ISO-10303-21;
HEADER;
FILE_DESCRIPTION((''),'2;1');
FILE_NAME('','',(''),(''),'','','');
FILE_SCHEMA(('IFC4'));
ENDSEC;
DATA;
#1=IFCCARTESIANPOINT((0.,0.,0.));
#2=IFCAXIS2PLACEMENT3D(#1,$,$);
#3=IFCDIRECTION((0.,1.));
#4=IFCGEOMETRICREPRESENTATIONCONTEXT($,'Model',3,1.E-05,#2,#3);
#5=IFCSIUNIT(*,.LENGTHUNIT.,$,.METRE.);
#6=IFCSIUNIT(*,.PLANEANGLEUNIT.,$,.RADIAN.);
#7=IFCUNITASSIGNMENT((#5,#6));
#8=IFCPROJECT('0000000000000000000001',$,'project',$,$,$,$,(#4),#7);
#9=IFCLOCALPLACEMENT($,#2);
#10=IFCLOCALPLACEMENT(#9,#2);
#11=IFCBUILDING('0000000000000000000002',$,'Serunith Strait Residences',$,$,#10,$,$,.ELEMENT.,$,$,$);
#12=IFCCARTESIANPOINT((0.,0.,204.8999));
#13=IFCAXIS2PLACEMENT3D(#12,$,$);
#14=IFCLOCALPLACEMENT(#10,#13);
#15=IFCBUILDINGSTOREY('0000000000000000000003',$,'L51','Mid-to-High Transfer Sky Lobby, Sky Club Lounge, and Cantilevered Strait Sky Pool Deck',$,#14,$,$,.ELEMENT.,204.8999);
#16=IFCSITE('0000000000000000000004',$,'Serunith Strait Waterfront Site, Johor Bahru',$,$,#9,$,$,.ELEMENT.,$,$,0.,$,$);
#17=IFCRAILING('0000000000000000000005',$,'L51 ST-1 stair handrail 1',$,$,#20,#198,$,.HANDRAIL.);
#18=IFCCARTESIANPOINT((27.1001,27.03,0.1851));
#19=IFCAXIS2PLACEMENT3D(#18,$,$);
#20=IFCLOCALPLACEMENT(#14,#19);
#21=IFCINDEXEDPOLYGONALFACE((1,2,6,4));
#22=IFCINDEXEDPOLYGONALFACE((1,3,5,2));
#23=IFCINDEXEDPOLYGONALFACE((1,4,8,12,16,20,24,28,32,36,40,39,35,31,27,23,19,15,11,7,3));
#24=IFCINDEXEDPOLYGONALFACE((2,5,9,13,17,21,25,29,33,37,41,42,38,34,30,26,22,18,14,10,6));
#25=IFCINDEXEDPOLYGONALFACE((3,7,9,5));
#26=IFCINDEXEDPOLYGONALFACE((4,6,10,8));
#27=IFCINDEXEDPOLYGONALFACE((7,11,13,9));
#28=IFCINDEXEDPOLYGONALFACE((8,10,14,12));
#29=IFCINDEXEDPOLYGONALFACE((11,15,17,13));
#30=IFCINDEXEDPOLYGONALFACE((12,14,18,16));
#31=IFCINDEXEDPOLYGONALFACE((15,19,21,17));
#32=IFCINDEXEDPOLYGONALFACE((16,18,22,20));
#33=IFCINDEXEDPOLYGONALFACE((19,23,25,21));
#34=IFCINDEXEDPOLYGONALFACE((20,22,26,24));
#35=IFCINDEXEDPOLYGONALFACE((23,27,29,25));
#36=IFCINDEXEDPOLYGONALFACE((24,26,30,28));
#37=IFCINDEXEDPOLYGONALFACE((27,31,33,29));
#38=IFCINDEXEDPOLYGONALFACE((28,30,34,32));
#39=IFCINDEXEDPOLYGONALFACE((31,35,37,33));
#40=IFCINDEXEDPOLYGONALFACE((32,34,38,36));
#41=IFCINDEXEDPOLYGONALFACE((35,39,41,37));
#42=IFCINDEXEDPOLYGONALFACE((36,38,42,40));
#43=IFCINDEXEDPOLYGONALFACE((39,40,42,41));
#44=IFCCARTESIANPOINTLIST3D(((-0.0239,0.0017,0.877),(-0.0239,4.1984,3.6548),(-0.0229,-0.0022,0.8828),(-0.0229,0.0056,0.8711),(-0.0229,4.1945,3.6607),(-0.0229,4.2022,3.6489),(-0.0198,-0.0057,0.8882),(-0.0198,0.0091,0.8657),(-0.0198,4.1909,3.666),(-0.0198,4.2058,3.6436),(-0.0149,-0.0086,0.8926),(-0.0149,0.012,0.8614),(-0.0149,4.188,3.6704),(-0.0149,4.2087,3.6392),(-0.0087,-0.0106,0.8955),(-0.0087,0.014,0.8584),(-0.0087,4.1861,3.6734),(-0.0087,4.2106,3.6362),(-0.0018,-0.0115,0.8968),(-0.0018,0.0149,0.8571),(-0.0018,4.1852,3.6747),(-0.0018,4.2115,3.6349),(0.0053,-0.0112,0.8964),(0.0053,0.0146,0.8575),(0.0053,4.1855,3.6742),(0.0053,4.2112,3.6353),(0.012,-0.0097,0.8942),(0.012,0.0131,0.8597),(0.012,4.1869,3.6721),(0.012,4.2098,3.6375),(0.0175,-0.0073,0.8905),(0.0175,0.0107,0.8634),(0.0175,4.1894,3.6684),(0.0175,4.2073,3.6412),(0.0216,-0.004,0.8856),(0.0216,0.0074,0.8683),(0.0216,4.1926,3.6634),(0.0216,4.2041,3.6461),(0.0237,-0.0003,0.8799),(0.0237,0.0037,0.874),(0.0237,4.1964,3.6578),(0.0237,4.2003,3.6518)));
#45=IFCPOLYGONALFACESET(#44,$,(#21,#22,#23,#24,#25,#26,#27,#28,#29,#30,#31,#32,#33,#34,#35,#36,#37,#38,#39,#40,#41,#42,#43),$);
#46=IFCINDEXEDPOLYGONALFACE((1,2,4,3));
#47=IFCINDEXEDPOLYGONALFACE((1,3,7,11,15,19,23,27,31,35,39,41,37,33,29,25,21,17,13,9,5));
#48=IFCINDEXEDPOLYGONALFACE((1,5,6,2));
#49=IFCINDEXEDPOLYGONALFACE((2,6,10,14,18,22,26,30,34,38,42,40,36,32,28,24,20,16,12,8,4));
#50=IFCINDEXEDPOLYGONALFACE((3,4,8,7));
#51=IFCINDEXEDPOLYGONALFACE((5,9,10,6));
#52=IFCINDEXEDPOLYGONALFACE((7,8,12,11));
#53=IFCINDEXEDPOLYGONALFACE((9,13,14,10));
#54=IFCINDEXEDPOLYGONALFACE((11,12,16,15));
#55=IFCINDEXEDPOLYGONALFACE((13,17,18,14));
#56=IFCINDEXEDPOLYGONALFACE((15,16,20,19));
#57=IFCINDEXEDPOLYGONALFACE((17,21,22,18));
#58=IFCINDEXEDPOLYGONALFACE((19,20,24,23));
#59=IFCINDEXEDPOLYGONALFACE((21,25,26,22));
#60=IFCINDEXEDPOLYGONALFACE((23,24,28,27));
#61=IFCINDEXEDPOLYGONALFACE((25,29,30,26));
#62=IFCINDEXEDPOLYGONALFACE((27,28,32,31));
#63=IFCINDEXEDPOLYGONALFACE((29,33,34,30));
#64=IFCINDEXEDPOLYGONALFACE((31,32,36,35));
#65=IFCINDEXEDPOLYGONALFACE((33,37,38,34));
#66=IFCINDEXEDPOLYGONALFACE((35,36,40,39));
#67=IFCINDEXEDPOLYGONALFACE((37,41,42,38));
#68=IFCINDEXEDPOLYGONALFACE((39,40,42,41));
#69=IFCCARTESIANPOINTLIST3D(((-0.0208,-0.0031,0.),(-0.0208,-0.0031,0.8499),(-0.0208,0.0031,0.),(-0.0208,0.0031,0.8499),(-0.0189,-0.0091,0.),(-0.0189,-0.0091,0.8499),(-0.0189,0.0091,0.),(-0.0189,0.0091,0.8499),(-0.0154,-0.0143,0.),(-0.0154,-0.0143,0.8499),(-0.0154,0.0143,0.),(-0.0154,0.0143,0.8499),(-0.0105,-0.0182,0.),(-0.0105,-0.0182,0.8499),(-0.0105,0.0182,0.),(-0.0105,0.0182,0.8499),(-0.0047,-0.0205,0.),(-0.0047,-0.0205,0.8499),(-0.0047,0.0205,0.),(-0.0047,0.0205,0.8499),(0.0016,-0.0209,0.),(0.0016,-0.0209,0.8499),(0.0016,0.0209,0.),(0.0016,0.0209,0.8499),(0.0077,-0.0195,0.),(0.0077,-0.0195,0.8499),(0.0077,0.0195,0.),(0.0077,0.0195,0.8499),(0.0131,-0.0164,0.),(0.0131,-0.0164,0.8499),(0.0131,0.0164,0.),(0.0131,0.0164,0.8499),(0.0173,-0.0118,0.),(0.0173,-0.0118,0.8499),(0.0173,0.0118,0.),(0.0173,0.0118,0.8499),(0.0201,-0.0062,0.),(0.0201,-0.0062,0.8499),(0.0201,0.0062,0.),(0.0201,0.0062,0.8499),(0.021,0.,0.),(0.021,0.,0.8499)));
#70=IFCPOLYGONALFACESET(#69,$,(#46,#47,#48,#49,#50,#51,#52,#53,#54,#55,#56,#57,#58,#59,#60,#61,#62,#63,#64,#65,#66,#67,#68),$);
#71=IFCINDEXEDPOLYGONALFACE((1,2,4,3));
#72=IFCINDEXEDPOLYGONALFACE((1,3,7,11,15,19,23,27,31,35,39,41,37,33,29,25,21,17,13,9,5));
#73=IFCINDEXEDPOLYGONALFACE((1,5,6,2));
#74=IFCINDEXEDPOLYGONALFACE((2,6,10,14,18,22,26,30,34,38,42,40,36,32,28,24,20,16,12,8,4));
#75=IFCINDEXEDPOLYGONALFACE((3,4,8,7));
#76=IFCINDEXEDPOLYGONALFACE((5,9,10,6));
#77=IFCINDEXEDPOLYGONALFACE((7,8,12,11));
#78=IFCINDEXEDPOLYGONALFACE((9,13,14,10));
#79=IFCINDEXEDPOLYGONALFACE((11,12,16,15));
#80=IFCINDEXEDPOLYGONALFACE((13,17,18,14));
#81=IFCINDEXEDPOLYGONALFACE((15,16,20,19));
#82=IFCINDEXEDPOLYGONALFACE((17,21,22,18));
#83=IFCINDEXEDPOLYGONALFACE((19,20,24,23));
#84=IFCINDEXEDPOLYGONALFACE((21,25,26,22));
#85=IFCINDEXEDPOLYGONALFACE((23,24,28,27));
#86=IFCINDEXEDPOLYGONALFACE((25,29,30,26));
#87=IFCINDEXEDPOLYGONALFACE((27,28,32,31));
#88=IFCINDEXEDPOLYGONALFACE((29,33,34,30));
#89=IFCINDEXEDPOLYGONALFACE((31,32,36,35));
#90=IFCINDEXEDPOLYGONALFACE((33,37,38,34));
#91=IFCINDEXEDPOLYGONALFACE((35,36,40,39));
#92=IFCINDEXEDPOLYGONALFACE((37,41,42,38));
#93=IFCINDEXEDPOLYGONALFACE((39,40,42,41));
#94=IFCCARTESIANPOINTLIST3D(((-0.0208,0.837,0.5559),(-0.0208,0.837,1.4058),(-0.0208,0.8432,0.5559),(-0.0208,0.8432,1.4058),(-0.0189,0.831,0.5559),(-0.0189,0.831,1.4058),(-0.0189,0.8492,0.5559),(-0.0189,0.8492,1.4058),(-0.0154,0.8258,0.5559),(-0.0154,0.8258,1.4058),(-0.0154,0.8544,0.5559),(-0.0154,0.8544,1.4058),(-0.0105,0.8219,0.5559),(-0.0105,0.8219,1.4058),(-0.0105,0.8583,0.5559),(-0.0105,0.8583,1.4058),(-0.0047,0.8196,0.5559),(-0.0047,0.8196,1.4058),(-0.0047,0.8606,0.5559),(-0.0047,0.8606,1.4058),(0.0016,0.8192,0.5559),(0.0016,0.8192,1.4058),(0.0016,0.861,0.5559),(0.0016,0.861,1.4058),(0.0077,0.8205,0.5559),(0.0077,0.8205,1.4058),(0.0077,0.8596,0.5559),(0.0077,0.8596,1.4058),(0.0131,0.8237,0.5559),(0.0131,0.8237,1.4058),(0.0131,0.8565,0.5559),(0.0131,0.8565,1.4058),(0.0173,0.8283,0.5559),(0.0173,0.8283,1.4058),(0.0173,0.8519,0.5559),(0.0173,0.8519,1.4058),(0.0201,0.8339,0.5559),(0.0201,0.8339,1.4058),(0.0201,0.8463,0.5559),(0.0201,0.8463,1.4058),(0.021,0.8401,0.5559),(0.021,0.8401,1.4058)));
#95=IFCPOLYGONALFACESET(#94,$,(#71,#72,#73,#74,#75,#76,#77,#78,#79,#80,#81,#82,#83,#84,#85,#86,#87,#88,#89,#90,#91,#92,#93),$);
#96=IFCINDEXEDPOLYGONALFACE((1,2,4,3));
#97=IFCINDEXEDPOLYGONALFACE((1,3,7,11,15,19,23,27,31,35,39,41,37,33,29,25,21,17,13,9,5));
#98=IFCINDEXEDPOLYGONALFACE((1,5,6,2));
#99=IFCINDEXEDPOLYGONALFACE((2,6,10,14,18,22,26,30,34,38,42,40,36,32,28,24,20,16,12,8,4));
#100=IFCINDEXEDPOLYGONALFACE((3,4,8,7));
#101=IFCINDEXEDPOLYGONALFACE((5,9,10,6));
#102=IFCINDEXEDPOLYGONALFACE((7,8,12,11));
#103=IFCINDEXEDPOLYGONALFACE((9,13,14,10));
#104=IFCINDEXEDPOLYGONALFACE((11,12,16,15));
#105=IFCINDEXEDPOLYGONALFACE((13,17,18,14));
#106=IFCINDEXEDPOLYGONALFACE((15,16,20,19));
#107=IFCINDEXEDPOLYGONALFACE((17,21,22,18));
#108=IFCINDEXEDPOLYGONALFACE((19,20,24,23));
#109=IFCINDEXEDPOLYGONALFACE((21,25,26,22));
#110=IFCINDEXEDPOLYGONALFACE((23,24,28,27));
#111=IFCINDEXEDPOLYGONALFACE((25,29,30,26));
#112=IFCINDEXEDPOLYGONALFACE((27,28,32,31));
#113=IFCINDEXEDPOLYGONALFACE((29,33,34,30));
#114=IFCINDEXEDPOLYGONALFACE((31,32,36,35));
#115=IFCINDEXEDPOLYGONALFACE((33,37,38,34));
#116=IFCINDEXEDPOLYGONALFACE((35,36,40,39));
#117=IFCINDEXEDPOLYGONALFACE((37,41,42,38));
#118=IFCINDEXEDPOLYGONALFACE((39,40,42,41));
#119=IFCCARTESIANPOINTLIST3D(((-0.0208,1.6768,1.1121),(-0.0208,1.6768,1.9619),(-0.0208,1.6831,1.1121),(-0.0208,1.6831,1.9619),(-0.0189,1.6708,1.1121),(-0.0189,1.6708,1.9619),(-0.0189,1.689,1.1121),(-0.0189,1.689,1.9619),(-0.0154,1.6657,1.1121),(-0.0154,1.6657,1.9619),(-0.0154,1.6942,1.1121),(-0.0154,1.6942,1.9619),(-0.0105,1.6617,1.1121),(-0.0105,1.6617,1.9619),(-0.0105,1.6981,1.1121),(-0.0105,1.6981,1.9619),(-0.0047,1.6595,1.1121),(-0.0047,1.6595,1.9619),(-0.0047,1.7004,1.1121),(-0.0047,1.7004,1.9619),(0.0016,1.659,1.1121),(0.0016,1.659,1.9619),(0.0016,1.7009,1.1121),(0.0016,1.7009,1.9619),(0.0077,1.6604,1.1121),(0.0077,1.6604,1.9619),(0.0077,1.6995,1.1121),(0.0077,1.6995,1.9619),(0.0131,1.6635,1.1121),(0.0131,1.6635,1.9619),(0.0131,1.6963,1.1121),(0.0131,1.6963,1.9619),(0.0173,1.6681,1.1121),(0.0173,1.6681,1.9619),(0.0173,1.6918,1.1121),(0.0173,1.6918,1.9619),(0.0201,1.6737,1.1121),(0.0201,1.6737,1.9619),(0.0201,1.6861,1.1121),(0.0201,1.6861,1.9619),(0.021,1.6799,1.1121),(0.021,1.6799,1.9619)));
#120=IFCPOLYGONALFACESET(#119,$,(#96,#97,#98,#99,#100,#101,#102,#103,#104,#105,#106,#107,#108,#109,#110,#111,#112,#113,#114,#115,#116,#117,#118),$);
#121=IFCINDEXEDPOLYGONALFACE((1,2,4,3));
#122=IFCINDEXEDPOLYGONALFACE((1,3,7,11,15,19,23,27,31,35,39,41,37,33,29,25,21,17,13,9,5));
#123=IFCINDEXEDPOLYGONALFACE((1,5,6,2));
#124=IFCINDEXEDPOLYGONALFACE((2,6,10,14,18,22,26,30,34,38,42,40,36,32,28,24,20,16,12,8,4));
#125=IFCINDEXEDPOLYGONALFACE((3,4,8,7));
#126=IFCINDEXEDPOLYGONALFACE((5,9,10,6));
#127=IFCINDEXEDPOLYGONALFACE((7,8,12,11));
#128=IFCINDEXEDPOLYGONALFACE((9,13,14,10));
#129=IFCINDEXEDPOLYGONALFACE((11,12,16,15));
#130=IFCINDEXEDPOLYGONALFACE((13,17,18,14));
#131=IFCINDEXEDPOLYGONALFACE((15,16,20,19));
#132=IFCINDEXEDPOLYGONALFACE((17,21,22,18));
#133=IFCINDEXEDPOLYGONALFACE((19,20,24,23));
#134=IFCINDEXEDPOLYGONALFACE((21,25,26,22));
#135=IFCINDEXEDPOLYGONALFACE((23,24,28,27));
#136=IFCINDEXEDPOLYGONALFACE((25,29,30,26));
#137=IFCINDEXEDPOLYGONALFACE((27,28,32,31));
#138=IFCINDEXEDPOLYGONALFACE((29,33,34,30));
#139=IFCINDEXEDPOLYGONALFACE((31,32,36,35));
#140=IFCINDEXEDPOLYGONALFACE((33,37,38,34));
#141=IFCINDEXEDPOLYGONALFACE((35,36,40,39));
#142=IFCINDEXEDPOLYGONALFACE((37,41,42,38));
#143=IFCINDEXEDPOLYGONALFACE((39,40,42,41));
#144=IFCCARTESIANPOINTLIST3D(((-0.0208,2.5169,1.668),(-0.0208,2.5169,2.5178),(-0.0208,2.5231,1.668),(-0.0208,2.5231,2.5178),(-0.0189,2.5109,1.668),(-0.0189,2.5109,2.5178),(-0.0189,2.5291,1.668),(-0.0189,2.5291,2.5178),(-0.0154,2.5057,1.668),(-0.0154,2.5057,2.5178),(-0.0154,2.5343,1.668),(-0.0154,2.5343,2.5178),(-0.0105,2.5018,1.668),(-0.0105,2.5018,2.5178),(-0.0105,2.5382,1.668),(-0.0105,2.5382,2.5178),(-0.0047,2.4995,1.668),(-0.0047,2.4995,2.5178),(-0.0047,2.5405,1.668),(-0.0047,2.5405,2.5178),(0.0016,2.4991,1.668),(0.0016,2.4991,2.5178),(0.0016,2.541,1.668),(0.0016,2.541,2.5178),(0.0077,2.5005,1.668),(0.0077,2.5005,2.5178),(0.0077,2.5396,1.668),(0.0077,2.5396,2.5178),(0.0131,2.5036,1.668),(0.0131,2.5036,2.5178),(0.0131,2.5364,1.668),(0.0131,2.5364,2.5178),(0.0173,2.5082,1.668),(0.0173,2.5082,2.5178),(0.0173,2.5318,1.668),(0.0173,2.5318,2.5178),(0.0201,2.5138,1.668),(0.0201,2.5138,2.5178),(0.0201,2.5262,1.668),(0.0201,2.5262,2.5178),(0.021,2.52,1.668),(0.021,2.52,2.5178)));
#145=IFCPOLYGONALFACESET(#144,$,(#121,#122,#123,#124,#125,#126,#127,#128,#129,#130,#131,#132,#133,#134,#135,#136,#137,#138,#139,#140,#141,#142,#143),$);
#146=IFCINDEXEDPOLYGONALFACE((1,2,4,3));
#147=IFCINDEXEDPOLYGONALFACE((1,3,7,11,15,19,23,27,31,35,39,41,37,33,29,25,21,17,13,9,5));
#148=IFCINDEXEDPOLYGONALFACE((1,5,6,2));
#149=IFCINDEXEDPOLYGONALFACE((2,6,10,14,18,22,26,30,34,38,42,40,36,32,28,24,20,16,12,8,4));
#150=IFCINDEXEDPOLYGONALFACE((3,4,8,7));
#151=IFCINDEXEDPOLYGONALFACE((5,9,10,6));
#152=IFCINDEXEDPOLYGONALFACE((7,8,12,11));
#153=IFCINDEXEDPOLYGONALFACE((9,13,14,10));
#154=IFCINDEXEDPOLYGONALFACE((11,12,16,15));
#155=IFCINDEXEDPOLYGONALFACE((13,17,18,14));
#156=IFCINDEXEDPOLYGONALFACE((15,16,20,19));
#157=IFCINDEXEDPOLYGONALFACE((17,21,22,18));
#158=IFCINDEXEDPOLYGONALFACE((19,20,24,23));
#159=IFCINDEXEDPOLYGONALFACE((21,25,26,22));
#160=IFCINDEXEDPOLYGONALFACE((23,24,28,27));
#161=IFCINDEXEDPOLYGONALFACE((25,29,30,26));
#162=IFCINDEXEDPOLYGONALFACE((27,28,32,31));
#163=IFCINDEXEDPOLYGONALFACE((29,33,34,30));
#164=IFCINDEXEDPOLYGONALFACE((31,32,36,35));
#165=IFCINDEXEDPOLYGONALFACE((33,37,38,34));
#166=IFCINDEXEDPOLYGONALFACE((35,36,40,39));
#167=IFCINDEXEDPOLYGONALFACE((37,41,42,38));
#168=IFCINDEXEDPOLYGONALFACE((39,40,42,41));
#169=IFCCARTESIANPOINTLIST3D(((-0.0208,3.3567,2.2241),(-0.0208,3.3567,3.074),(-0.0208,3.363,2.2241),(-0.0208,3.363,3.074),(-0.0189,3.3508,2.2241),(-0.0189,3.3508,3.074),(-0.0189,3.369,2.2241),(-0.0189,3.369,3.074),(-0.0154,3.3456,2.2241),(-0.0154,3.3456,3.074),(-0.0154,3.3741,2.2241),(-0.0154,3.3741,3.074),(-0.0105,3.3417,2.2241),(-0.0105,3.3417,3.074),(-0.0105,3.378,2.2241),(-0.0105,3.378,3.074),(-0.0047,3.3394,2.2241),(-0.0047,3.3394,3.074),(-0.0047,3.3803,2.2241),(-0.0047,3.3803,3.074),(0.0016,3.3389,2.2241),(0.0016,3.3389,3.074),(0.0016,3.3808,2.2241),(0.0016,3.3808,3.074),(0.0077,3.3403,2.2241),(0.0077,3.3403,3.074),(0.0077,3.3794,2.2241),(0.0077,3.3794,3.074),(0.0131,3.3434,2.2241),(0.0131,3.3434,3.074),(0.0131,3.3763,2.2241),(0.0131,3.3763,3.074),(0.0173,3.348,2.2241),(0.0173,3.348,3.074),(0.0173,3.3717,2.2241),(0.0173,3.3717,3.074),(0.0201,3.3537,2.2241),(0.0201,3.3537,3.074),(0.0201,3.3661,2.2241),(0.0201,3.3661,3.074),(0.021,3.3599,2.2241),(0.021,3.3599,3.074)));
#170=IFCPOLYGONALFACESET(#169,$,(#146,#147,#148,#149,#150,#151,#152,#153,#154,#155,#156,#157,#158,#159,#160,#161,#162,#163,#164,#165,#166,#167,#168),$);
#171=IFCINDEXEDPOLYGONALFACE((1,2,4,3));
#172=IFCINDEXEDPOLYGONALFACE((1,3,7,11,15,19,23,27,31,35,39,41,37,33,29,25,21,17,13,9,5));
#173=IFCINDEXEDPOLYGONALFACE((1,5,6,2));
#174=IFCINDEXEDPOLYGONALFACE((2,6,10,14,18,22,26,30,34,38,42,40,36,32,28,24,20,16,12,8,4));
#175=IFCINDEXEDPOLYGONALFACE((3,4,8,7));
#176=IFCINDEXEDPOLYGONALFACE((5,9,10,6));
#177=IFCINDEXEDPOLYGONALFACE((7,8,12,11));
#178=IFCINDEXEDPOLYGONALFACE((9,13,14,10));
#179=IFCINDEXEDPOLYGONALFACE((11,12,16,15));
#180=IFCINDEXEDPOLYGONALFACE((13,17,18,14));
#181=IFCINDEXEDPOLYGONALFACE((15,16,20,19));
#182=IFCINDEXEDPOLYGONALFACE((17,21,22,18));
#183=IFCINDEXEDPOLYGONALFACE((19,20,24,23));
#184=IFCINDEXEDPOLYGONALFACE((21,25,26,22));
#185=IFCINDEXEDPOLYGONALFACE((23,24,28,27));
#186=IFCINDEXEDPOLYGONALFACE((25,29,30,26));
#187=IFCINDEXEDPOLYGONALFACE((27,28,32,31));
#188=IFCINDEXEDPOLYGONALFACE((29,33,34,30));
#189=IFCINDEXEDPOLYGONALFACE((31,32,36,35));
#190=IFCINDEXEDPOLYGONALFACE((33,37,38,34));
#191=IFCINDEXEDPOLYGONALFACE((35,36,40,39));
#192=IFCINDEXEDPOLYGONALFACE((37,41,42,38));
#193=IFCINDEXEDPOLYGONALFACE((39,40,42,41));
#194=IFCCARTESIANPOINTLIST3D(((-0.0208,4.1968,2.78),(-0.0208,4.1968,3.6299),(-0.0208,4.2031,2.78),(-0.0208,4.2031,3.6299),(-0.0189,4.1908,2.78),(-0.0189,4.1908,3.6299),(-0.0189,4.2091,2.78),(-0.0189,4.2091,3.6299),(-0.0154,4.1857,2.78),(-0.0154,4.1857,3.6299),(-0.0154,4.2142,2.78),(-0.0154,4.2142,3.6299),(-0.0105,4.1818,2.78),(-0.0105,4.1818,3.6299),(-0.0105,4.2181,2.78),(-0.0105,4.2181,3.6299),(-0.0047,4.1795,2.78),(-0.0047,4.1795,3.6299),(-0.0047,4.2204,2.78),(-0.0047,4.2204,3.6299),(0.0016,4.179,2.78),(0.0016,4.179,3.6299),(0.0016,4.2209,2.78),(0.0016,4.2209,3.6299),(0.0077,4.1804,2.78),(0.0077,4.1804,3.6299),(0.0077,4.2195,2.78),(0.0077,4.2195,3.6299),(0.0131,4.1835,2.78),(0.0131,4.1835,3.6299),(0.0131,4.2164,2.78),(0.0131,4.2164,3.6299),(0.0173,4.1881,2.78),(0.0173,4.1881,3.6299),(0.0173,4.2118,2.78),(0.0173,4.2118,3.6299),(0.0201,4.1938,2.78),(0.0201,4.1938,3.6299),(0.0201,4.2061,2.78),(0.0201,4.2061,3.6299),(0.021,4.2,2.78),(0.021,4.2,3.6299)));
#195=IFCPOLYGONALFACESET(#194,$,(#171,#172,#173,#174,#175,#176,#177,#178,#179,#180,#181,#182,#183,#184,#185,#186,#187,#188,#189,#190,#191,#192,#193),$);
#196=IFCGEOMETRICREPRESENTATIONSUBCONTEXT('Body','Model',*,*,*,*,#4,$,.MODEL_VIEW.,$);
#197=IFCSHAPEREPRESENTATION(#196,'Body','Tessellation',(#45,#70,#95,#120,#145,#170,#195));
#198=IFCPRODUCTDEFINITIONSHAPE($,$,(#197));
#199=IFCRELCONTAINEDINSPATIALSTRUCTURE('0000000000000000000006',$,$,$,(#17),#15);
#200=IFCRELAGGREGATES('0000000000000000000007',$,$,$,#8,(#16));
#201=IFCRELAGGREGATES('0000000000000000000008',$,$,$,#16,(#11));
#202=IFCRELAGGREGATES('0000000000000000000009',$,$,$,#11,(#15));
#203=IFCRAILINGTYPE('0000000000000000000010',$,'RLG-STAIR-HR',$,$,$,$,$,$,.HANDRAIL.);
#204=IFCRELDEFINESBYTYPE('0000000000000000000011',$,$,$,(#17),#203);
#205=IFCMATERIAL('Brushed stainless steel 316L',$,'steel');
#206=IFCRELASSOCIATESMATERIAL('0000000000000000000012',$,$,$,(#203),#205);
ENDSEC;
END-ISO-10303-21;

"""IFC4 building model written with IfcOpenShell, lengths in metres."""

from ifc_helpers import new_model, si_unit, direction, frame, origin, origin_2d, place, context, subcontext, project, spatial, circle, extrude, material, type_object, element, save


model = new_model("IFC4")

# Units and contexts
model_context = context("Model", 3, precision=1e-05, world=origin(), true_north=direction((0.0, 1.0)))
body_context = subcontext(model_context, "Body", "Model", "MODEL_VIEW")
ifc_project = project(units=[si_unit("LENGTHUNIT", "METRE"), si_unit("PLANEANGLEUNIT", "RADIAN")], contexts=[model_context])

# Site, building, storey
site_placement = place(None, origin())
site = spatial("IfcSite", under=ifc_project, at=site_placement, Name="Serunith Strait Waterfront Site, Johor Bahru", CompositionType="ELEMENT", RefElevation=0.0)
building_placement = place(site_placement, origin())
building = spatial("IfcBuilding", under=site, at=building_placement, Name="Serunith Strait Residences", CompositionType="ELEMENT")
storey_placement = place(building_placement, frame((0.0, 0.0, 204.8999)))
storey = spatial("IfcBuildingStorey", under=building, at=storey_placement, Name="L51", Description="Mid-to-High Transfer Sky Lobby, Sky Club Lounge, and Cantilevered Strait Sky Pool Deck", CompositionType="ELEMENT", Elevation=204.8999)

# Railing
ifc_material_1 = material(Name="Brushed stainless steel 316L", Category="steel")
railing_type_1 = type_object("IfcRailingType", Name="RLG-STAIR-HR", PredefinedType="HANDRAIL", material=ifc_material_1)
railing_1_placement = place(storey_placement, frame((27.1001, 27.03, 0.1851)))
element("IfcRailing", 1, at=railing_1_placement, inside=storey, type_object=railing_type_1, Name="L51 ST-1 stair handrail 1", PredefinedType="HANDRAIL", context=body_context, shape_type="SweptSolid", body=[
    extrude(circle(Radius=0.0239, at=origin_2d()), frame((0.0, 0.0017, 0.877), z_axis=(0.0, 0.833873, 0.551957), x_axis=(-1.0, 0.0, 0.0)), (0.0, 0.0, 1.0), 5.0327),
    extrude(circle(Radius=0.021, at=origin_2d()), origin(), (0.0, 0.0, 1.0), 0.8499),
    extrude(circle(Radius=0.021, at=origin_2d()), frame((0.0, 0.8401, 0.5559)), (0.0, 0.0, 1.0), 0.8499),
    extrude(circle(Radius=0.021, at=origin_2d()), frame((0.0, 1.6799, 1.1121)), (0.0, 0.0, 1.0), 0.8499),
    extrude(circle(Radius=0.021, at=origin_2d()), frame((0.0, 2.52, 1.668)), (0.0, 0.0, 1.0), 0.8499),
    extrude(circle(Radius=0.021, at=origin_2d()), frame((0.0, 3.3599, 2.2241)), (0.0, 0.0, 1.0), 0.8499),
    extrude(circle(Radius=0.021, at=origin_2d()), frame((0.0, 4.2, 2.78)), (0.0, 0.0, 1.0), 0.8499),
])

save(model, "model.ifc")
